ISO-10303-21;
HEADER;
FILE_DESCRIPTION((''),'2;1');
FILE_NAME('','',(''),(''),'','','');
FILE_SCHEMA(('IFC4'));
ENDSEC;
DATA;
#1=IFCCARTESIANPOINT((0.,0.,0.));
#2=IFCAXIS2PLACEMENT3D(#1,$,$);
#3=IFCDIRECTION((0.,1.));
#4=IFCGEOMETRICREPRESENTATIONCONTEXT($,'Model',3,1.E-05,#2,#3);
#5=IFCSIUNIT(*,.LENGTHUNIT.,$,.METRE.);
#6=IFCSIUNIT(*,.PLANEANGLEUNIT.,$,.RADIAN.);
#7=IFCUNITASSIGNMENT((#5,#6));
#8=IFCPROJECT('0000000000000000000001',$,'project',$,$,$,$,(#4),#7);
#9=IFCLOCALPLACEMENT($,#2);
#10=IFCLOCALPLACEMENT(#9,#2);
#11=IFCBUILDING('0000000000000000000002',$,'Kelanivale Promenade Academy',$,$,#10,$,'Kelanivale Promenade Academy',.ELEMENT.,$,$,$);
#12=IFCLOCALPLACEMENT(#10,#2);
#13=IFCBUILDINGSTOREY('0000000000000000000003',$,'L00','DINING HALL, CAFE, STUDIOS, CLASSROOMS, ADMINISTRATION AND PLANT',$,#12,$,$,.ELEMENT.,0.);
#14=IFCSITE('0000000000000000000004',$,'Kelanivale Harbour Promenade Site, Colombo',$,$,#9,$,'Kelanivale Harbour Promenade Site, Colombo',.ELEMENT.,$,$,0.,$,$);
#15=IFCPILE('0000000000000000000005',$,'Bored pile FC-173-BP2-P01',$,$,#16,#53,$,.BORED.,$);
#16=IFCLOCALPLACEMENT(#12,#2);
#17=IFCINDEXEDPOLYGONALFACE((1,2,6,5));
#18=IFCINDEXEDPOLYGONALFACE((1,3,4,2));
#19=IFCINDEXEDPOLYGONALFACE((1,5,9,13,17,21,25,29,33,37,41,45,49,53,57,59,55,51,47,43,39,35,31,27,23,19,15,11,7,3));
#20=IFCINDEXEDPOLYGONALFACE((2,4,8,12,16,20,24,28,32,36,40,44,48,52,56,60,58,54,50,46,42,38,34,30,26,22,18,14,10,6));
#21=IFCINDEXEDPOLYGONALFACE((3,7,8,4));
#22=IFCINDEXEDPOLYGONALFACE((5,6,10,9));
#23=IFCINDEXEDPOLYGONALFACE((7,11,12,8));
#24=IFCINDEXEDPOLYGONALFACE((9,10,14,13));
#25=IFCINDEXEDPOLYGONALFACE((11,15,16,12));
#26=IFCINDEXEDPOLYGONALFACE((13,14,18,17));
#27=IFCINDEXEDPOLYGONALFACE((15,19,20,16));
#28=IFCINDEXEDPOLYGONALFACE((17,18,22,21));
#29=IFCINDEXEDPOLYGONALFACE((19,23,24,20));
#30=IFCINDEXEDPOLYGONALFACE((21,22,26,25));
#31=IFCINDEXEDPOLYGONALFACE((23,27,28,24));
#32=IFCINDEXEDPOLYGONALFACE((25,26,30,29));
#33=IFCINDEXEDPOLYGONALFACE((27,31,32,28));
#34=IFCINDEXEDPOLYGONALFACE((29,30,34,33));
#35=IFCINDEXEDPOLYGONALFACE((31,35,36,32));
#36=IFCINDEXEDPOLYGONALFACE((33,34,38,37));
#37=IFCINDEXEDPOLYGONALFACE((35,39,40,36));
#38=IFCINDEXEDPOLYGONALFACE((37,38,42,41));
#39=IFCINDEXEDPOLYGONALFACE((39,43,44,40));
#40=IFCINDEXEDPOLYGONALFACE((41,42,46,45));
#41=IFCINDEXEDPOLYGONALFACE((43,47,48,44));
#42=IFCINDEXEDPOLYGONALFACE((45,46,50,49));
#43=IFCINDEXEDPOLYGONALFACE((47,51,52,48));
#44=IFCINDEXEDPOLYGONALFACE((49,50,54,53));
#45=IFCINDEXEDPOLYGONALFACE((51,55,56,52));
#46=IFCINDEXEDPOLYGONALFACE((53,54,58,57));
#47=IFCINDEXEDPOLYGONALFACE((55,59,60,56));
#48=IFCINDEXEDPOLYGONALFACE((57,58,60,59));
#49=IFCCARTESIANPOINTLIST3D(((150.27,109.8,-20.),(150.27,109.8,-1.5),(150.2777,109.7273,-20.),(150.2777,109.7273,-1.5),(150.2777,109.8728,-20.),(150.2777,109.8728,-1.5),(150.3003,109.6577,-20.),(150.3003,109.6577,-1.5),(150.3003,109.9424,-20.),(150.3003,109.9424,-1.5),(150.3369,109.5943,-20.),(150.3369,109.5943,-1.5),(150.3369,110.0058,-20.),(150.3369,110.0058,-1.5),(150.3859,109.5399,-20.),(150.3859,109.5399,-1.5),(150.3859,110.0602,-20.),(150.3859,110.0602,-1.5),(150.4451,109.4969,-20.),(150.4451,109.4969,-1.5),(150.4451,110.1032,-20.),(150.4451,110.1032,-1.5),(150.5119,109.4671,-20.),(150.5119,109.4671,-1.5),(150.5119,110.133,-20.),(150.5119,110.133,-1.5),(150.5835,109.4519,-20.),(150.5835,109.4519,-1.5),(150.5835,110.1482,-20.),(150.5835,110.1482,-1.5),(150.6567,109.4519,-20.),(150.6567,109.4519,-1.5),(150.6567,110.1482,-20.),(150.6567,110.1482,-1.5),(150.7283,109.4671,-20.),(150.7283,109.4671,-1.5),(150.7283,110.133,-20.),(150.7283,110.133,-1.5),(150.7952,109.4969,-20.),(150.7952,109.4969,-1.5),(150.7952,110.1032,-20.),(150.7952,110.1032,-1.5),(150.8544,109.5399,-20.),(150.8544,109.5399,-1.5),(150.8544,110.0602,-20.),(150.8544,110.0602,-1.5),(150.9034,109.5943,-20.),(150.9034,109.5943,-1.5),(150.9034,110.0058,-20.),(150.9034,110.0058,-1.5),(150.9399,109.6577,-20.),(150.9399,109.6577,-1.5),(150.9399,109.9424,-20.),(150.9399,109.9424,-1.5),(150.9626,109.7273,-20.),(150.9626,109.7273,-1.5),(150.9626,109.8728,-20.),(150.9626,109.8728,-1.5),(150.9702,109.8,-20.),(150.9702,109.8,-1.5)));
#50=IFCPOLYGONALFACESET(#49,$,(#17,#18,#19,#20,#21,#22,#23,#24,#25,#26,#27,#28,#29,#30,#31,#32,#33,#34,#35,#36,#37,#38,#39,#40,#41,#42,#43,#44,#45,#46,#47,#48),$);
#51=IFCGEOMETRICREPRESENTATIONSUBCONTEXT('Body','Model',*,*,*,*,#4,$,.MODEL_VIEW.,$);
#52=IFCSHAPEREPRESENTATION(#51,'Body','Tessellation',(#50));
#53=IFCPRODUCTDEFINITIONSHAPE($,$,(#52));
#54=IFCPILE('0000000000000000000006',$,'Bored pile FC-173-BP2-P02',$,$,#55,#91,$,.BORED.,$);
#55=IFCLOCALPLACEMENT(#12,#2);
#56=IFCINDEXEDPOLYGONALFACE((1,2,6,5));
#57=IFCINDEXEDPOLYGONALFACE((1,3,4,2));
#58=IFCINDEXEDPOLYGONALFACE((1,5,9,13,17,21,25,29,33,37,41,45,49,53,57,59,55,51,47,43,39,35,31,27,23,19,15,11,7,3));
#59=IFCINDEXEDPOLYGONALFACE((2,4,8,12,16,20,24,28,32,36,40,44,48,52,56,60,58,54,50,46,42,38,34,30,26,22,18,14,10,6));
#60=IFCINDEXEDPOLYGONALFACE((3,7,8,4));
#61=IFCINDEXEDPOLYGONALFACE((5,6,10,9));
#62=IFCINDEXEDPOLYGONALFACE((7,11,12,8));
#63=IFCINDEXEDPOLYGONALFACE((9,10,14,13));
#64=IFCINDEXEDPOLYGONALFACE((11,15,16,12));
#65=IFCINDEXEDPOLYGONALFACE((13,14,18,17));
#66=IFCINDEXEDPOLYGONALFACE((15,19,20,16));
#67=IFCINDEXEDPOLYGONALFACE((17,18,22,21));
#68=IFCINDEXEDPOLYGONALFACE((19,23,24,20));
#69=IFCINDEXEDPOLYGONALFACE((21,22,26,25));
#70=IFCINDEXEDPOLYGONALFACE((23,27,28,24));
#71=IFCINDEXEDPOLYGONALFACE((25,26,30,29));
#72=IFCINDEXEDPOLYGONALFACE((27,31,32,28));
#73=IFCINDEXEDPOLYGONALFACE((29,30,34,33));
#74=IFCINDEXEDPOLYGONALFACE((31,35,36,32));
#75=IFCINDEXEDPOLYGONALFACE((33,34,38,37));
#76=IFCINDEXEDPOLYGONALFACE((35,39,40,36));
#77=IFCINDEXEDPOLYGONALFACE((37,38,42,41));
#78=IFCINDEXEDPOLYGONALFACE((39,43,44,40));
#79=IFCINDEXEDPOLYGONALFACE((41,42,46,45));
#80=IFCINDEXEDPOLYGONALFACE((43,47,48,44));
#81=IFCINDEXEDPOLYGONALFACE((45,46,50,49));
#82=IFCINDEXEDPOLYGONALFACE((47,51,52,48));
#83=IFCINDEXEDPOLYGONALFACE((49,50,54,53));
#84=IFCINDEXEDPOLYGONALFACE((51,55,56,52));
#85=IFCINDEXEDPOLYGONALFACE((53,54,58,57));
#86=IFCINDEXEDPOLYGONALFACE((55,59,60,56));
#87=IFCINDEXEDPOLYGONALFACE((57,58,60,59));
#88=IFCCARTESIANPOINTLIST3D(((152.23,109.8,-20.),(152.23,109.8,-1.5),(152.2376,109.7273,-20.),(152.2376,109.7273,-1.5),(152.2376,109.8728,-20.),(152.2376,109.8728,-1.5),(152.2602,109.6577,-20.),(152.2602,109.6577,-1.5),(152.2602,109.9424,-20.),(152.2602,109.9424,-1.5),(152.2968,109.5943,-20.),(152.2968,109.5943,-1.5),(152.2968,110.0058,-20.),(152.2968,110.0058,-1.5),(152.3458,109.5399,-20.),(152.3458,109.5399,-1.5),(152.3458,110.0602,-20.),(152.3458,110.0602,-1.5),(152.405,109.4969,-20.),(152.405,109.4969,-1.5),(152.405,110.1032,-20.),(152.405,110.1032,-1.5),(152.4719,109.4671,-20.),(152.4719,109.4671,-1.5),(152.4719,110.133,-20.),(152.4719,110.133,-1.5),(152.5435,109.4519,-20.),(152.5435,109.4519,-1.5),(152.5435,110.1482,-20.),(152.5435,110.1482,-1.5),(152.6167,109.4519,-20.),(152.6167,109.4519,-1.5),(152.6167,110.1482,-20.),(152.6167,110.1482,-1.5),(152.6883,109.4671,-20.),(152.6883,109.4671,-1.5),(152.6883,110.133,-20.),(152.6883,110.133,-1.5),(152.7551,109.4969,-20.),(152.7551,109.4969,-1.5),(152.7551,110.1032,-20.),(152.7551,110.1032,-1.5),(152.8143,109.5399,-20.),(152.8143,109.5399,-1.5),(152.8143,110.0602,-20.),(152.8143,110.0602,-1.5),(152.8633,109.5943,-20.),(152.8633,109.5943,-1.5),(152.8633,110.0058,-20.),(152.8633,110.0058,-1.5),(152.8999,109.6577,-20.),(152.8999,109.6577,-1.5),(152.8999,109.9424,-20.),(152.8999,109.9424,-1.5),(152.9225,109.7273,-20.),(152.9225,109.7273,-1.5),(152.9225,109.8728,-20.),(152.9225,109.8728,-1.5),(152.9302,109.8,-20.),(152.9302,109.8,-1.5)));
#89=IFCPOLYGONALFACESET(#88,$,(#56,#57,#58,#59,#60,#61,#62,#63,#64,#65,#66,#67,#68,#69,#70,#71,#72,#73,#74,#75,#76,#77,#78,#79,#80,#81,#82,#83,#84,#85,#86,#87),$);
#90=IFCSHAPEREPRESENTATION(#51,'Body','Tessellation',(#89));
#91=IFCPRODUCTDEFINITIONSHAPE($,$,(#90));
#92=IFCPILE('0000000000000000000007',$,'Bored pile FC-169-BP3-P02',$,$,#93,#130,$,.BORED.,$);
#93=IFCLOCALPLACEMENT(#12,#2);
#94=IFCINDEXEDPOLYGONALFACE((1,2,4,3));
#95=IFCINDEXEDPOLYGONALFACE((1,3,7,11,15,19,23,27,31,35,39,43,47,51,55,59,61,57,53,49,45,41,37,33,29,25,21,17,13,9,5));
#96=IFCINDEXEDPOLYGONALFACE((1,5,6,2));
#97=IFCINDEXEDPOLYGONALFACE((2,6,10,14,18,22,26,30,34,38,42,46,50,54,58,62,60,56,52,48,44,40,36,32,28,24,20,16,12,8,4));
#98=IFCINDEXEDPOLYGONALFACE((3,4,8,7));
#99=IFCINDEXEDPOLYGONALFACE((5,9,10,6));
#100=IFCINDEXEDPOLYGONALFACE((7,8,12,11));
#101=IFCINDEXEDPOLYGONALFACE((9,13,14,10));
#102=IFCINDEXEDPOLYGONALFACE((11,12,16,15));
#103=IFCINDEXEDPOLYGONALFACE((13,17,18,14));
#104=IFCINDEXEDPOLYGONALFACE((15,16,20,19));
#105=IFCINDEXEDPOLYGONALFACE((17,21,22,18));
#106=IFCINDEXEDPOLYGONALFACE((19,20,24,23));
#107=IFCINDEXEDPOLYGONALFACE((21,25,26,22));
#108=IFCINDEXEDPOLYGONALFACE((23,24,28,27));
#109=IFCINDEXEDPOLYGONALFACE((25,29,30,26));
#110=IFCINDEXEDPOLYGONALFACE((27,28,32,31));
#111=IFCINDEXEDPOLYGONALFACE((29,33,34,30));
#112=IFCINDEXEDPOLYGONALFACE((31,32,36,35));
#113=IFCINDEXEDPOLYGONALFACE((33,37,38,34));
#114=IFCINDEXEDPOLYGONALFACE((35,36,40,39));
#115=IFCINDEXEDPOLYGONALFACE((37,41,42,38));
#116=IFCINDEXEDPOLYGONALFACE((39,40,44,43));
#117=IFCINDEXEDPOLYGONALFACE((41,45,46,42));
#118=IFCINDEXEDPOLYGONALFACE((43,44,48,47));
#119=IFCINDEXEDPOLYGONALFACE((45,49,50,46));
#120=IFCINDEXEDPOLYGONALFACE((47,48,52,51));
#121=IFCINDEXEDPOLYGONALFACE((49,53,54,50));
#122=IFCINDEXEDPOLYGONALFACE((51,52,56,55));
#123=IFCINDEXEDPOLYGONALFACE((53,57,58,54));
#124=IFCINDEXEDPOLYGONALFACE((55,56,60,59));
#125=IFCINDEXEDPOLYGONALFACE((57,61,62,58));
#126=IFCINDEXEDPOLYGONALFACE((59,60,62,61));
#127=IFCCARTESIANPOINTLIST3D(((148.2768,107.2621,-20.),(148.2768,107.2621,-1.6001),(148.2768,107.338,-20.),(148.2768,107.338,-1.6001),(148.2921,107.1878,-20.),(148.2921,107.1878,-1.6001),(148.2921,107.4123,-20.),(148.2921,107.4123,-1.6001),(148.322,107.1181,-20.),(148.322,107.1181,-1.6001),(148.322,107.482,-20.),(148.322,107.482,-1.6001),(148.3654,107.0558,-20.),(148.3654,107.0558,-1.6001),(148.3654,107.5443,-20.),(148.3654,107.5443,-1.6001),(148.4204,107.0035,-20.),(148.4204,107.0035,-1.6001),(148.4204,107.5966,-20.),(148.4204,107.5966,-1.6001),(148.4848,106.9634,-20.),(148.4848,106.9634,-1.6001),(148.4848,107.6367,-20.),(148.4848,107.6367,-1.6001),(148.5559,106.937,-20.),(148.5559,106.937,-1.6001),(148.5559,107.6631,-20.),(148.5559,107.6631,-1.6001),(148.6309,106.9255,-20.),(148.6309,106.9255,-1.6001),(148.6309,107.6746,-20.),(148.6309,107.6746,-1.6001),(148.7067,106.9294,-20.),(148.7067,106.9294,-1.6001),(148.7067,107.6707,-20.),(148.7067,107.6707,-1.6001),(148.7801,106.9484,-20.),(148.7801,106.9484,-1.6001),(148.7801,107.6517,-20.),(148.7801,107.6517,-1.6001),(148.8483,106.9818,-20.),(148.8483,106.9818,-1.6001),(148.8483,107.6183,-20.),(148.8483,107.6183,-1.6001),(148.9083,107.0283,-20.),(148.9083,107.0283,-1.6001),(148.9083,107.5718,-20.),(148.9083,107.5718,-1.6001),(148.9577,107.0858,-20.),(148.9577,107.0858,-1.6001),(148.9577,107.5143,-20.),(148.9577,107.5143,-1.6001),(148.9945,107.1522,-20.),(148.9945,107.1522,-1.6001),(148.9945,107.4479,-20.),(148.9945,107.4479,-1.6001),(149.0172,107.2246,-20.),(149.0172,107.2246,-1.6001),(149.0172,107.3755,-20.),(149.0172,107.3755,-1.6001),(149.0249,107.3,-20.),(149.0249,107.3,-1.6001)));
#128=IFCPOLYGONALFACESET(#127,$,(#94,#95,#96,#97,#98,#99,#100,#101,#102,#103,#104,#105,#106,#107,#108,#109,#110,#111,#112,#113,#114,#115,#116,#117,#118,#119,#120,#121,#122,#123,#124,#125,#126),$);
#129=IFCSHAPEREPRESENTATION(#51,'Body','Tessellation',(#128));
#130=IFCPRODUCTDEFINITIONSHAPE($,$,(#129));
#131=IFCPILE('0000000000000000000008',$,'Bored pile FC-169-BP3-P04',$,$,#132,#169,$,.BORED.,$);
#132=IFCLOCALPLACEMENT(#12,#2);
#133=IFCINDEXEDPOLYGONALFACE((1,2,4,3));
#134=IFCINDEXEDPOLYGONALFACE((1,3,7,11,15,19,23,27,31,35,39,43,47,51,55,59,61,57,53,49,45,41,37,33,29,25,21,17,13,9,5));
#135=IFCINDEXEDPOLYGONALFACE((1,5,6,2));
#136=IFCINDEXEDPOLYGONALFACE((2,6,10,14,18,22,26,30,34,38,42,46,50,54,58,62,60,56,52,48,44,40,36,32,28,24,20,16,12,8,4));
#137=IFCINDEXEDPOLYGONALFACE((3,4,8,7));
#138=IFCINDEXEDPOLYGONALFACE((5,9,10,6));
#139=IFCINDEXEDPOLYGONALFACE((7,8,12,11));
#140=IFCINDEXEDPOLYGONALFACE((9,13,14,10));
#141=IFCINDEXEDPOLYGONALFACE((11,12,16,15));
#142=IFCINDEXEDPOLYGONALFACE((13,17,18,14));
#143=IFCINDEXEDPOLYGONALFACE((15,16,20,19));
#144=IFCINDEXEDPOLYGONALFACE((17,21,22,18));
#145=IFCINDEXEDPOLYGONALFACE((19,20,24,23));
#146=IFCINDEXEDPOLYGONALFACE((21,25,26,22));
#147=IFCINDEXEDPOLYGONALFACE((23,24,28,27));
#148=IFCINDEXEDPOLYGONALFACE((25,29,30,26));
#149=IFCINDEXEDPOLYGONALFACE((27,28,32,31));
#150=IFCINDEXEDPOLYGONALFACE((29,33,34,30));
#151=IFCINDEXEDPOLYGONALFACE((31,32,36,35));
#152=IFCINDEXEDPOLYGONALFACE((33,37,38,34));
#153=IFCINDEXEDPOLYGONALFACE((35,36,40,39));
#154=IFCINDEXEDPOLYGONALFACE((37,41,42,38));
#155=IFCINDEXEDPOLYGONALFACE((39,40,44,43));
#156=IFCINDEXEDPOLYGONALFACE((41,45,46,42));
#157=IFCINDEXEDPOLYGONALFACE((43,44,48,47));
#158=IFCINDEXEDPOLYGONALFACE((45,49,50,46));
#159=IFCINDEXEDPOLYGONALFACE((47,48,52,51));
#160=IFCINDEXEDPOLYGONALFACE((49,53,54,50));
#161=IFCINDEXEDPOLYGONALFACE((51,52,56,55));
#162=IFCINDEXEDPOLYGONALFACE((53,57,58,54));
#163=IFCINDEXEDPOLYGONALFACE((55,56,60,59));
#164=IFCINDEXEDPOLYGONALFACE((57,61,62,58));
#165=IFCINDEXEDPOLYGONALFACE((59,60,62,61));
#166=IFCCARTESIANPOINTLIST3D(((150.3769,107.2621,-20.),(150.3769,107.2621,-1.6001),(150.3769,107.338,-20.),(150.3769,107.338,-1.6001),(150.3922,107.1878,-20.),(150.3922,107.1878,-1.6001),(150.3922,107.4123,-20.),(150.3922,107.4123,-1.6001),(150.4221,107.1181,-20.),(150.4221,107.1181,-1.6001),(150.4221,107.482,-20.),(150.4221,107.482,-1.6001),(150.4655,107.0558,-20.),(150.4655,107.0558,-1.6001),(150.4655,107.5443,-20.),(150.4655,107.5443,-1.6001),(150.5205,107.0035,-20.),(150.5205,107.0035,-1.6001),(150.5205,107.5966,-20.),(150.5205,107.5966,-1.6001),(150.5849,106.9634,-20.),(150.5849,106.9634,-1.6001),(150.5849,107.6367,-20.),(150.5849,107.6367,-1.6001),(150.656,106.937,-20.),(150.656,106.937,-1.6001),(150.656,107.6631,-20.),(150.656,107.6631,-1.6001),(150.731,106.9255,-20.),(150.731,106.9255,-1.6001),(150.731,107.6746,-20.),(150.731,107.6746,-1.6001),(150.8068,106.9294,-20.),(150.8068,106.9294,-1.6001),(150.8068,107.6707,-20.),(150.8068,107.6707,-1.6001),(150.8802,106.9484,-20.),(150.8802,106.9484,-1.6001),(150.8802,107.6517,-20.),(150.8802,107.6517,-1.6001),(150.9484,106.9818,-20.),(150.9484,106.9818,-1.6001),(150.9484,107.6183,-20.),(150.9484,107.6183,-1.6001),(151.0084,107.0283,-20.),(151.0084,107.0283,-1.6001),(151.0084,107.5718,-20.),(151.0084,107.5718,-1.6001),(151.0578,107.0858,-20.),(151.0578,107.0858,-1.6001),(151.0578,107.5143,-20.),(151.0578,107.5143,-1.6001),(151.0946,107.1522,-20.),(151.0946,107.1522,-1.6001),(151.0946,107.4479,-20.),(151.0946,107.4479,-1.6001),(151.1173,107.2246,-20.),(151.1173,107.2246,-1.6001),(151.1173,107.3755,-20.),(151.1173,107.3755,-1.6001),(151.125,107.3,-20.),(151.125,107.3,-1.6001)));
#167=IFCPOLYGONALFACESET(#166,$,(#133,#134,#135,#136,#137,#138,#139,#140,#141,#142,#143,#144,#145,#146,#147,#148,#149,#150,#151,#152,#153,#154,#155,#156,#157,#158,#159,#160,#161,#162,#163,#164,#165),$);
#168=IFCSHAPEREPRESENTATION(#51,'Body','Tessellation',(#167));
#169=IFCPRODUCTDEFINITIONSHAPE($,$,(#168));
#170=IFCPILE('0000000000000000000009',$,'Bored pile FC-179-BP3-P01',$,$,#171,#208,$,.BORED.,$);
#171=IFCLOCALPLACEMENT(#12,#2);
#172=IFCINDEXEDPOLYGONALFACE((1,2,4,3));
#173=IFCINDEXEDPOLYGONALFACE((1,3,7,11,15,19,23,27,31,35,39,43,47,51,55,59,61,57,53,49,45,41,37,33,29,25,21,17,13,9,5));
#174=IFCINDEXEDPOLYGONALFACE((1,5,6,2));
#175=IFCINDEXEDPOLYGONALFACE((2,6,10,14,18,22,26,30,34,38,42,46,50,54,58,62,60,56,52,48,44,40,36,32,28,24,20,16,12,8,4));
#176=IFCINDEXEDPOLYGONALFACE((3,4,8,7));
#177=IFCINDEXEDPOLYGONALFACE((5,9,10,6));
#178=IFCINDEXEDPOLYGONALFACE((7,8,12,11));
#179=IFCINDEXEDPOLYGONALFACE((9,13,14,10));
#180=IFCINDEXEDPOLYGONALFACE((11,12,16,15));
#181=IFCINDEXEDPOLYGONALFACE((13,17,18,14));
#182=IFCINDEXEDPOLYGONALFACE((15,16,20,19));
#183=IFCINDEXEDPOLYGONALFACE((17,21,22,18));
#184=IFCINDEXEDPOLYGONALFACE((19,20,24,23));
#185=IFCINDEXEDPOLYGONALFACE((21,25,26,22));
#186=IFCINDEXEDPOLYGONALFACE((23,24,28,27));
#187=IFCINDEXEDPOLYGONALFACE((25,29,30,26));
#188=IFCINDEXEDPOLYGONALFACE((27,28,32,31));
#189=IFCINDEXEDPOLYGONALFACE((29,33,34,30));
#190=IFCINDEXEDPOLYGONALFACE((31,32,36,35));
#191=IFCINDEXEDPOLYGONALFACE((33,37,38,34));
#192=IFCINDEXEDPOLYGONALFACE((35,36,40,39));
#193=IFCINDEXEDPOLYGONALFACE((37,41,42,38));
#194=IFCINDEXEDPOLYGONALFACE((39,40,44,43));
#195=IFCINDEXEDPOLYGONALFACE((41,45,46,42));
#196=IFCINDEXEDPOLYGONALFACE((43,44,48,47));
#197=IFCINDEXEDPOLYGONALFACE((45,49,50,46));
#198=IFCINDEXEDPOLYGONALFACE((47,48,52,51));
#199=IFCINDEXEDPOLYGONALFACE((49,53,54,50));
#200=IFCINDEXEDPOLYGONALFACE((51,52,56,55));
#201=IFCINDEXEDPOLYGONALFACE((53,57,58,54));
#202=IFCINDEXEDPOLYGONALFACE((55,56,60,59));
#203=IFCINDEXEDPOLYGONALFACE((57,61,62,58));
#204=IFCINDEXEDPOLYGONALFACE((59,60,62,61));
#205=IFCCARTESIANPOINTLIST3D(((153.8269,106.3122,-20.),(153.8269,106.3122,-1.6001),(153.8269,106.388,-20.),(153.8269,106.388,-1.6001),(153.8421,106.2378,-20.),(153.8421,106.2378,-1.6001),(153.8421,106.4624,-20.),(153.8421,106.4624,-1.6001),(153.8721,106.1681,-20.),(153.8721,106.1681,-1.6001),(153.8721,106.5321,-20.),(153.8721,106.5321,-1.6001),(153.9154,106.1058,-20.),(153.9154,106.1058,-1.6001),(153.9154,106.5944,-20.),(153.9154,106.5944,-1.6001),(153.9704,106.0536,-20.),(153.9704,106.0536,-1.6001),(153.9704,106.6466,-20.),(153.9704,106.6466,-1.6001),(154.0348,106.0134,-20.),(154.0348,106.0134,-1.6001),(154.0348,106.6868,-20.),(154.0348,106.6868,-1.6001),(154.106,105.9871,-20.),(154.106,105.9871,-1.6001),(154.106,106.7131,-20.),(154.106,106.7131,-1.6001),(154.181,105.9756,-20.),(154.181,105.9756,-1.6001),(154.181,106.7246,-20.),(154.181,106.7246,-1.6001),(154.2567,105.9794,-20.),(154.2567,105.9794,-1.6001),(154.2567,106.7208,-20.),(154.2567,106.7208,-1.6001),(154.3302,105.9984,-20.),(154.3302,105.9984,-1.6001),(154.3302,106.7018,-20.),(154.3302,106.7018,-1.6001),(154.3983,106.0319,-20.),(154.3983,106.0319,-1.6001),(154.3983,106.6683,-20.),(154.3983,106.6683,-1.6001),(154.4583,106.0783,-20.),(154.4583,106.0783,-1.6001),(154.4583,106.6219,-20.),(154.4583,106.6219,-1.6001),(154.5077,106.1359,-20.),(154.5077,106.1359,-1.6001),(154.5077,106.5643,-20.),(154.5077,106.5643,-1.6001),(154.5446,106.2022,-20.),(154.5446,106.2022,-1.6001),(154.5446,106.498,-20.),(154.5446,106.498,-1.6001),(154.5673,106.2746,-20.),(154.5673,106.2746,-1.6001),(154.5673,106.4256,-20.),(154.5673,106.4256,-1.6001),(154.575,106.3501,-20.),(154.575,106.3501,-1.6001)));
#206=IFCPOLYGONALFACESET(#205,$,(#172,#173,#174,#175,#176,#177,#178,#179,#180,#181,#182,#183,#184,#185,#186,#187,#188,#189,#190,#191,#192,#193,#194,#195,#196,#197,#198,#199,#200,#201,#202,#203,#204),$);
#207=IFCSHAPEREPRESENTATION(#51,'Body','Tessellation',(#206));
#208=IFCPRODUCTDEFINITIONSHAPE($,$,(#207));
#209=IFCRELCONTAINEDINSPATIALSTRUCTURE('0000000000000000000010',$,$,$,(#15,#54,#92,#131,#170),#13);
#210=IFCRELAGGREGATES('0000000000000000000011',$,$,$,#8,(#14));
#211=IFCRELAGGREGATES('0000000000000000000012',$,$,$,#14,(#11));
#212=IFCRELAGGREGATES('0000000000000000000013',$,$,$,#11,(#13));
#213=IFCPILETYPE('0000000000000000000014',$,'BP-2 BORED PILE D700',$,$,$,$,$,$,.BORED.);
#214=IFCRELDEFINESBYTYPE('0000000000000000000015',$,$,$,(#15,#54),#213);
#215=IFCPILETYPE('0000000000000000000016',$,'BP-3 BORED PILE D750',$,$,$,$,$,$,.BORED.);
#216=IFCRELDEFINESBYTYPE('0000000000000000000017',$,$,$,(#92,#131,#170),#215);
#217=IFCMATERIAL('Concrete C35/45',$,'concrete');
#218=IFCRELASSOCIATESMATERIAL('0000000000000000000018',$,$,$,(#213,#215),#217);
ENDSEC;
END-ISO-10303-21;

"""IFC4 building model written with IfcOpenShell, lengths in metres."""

from ifc_helpers import new_model, si_unit, direction, frame, origin, origin_2d, place, context, subcontext, project, spatial, circle, extrude, material, material_profile, profile_set, type_object, element, save


model = new_model("IFC4")

# Units and contexts
model_context = context("Model", 3, precision=1e-05, world=origin(), true_north=direction((0.0, 1.0)))
body_context = subcontext(model_context, "Body", "Model", "MODEL_VIEW")
ifc_project = project(units=[si_unit("LENGTHUNIT", "METRE"), si_unit("PLANEANGLEUNIT", "RADIAN")], contexts=[model_context])

# Site, building, storey
site_placement = place(None, origin())
site = spatial("IfcSite", under=ifc_project, at=site_placement, Name="Kelanivale Harbour Promenade Site, Colombo", LongName="Kelanivale Harbour Promenade Site, Colombo", CompositionType="ELEMENT", RefElevation=0.0)
building_placement = place(site_placement, origin())
building = spatial("IfcBuilding", under=site, at=building_placement, Name="Kelanivale Promenade Academy", LongName="Kelanivale Promenade Academy", CompositionType="ELEMENT")
storey_placement = place(building_placement, origin())
storey = spatial("IfcBuildingStorey", under=building, at=storey_placement, Name="L00", Description="DINING HALL, CAFE, STUDIOS, CLASSROOMS, ADMINISTRATION AND PLANT", CompositionType="ELEMENT", Elevation=0.0)

# Piles
ifc_material_1 = material(Name="Concrete C35/45", Category="concrete")
ifc_material_profile_1 = material_profile(ifc_material_1, circle(Radius=0.3501, at=origin_2d()), Name="BORED PILE D700")
ifc_profile_set_1 = profile_set([ifc_material_profile_1], Name="Concrete C35/45")
pile_type_1 = type_object("IfcPileType", Name="BP-2 BORED PILE D700", PredefinedType="BORED", material=ifc_profile_set_1)
for number, where, z_axis, x_axis, name in (
    (1, (150.6201, 109.8, -1.5), (0.0, 0.0, -1.0), (1.0, 0.0, 0.0), "Bored pile FC-173-BP2-P01"),
    (2, (152.5801, 109.8, -1.5), (0.0, 0.0, -1.0), (1.0, 0.0, 0.0), "Bored pile FC-173-BP2-P02"),
):
    element("IfcPile", number, at=place(storey_placement, frame(where, z_axis=z_axis, x_axis=x_axis)), inside=storey, type_object=pile_type_1, Name=name, PredefinedType="BORED", context=body_context, shape_type="SweptSolid", body=[
        extrude(circle(Radius=0.3501, at=origin_2d()), origin(), (0.0, 0.0, 1.0), 18.5),
    ])
ifc_material_profile_2 = material_profile(ifc_material_1, circle(Radius=0.375, at=origin_2d()), Name="BORED PILE D750")
ifc_profile_set_2 = profile_set([ifc_material_profile_2], Name="Concrete C35/45")
pile_type_2 = type_object("IfcPileType", Name="BP-3 BORED PILE D750", PredefinedType="BORED", material=ifc_profile_set_2)
for number, where, z_axis, x_axis, name in (
    (3, (148.6499, 107.3, -1.6001), (0.0, 0.0, -1.0), (1.0, 0.0, 0.0), "Bored pile FC-169-BP3-P02"),
    (4, (150.75, 107.3, -1.6001), (0.0, 0.0, -1.0), (1.0, 0.0, 0.0), "Bored pile FC-169-BP3-P04"),
    (5, (154.2, 106.3501, -1.6001), (0.0, 0.0, -1.0), (1.0, 0.0, 0.0), "Bored pile FC-179-BP3-P01"),
):
    element("IfcPile", number, at=place(storey_placement, frame(where, z_axis=z_axis, x_axis=x_axis)), inside=storey, type_object=pile_type_2, Name=name, PredefinedType="BORED", context=body_context, shape_type="SweptSolid", body=[
        extrude(circle(Radius=0.375, at=origin_2d()), origin(), (0.0, 0.0, 1.0), 18.3999),
    ])

save(model, "model.ifc")
